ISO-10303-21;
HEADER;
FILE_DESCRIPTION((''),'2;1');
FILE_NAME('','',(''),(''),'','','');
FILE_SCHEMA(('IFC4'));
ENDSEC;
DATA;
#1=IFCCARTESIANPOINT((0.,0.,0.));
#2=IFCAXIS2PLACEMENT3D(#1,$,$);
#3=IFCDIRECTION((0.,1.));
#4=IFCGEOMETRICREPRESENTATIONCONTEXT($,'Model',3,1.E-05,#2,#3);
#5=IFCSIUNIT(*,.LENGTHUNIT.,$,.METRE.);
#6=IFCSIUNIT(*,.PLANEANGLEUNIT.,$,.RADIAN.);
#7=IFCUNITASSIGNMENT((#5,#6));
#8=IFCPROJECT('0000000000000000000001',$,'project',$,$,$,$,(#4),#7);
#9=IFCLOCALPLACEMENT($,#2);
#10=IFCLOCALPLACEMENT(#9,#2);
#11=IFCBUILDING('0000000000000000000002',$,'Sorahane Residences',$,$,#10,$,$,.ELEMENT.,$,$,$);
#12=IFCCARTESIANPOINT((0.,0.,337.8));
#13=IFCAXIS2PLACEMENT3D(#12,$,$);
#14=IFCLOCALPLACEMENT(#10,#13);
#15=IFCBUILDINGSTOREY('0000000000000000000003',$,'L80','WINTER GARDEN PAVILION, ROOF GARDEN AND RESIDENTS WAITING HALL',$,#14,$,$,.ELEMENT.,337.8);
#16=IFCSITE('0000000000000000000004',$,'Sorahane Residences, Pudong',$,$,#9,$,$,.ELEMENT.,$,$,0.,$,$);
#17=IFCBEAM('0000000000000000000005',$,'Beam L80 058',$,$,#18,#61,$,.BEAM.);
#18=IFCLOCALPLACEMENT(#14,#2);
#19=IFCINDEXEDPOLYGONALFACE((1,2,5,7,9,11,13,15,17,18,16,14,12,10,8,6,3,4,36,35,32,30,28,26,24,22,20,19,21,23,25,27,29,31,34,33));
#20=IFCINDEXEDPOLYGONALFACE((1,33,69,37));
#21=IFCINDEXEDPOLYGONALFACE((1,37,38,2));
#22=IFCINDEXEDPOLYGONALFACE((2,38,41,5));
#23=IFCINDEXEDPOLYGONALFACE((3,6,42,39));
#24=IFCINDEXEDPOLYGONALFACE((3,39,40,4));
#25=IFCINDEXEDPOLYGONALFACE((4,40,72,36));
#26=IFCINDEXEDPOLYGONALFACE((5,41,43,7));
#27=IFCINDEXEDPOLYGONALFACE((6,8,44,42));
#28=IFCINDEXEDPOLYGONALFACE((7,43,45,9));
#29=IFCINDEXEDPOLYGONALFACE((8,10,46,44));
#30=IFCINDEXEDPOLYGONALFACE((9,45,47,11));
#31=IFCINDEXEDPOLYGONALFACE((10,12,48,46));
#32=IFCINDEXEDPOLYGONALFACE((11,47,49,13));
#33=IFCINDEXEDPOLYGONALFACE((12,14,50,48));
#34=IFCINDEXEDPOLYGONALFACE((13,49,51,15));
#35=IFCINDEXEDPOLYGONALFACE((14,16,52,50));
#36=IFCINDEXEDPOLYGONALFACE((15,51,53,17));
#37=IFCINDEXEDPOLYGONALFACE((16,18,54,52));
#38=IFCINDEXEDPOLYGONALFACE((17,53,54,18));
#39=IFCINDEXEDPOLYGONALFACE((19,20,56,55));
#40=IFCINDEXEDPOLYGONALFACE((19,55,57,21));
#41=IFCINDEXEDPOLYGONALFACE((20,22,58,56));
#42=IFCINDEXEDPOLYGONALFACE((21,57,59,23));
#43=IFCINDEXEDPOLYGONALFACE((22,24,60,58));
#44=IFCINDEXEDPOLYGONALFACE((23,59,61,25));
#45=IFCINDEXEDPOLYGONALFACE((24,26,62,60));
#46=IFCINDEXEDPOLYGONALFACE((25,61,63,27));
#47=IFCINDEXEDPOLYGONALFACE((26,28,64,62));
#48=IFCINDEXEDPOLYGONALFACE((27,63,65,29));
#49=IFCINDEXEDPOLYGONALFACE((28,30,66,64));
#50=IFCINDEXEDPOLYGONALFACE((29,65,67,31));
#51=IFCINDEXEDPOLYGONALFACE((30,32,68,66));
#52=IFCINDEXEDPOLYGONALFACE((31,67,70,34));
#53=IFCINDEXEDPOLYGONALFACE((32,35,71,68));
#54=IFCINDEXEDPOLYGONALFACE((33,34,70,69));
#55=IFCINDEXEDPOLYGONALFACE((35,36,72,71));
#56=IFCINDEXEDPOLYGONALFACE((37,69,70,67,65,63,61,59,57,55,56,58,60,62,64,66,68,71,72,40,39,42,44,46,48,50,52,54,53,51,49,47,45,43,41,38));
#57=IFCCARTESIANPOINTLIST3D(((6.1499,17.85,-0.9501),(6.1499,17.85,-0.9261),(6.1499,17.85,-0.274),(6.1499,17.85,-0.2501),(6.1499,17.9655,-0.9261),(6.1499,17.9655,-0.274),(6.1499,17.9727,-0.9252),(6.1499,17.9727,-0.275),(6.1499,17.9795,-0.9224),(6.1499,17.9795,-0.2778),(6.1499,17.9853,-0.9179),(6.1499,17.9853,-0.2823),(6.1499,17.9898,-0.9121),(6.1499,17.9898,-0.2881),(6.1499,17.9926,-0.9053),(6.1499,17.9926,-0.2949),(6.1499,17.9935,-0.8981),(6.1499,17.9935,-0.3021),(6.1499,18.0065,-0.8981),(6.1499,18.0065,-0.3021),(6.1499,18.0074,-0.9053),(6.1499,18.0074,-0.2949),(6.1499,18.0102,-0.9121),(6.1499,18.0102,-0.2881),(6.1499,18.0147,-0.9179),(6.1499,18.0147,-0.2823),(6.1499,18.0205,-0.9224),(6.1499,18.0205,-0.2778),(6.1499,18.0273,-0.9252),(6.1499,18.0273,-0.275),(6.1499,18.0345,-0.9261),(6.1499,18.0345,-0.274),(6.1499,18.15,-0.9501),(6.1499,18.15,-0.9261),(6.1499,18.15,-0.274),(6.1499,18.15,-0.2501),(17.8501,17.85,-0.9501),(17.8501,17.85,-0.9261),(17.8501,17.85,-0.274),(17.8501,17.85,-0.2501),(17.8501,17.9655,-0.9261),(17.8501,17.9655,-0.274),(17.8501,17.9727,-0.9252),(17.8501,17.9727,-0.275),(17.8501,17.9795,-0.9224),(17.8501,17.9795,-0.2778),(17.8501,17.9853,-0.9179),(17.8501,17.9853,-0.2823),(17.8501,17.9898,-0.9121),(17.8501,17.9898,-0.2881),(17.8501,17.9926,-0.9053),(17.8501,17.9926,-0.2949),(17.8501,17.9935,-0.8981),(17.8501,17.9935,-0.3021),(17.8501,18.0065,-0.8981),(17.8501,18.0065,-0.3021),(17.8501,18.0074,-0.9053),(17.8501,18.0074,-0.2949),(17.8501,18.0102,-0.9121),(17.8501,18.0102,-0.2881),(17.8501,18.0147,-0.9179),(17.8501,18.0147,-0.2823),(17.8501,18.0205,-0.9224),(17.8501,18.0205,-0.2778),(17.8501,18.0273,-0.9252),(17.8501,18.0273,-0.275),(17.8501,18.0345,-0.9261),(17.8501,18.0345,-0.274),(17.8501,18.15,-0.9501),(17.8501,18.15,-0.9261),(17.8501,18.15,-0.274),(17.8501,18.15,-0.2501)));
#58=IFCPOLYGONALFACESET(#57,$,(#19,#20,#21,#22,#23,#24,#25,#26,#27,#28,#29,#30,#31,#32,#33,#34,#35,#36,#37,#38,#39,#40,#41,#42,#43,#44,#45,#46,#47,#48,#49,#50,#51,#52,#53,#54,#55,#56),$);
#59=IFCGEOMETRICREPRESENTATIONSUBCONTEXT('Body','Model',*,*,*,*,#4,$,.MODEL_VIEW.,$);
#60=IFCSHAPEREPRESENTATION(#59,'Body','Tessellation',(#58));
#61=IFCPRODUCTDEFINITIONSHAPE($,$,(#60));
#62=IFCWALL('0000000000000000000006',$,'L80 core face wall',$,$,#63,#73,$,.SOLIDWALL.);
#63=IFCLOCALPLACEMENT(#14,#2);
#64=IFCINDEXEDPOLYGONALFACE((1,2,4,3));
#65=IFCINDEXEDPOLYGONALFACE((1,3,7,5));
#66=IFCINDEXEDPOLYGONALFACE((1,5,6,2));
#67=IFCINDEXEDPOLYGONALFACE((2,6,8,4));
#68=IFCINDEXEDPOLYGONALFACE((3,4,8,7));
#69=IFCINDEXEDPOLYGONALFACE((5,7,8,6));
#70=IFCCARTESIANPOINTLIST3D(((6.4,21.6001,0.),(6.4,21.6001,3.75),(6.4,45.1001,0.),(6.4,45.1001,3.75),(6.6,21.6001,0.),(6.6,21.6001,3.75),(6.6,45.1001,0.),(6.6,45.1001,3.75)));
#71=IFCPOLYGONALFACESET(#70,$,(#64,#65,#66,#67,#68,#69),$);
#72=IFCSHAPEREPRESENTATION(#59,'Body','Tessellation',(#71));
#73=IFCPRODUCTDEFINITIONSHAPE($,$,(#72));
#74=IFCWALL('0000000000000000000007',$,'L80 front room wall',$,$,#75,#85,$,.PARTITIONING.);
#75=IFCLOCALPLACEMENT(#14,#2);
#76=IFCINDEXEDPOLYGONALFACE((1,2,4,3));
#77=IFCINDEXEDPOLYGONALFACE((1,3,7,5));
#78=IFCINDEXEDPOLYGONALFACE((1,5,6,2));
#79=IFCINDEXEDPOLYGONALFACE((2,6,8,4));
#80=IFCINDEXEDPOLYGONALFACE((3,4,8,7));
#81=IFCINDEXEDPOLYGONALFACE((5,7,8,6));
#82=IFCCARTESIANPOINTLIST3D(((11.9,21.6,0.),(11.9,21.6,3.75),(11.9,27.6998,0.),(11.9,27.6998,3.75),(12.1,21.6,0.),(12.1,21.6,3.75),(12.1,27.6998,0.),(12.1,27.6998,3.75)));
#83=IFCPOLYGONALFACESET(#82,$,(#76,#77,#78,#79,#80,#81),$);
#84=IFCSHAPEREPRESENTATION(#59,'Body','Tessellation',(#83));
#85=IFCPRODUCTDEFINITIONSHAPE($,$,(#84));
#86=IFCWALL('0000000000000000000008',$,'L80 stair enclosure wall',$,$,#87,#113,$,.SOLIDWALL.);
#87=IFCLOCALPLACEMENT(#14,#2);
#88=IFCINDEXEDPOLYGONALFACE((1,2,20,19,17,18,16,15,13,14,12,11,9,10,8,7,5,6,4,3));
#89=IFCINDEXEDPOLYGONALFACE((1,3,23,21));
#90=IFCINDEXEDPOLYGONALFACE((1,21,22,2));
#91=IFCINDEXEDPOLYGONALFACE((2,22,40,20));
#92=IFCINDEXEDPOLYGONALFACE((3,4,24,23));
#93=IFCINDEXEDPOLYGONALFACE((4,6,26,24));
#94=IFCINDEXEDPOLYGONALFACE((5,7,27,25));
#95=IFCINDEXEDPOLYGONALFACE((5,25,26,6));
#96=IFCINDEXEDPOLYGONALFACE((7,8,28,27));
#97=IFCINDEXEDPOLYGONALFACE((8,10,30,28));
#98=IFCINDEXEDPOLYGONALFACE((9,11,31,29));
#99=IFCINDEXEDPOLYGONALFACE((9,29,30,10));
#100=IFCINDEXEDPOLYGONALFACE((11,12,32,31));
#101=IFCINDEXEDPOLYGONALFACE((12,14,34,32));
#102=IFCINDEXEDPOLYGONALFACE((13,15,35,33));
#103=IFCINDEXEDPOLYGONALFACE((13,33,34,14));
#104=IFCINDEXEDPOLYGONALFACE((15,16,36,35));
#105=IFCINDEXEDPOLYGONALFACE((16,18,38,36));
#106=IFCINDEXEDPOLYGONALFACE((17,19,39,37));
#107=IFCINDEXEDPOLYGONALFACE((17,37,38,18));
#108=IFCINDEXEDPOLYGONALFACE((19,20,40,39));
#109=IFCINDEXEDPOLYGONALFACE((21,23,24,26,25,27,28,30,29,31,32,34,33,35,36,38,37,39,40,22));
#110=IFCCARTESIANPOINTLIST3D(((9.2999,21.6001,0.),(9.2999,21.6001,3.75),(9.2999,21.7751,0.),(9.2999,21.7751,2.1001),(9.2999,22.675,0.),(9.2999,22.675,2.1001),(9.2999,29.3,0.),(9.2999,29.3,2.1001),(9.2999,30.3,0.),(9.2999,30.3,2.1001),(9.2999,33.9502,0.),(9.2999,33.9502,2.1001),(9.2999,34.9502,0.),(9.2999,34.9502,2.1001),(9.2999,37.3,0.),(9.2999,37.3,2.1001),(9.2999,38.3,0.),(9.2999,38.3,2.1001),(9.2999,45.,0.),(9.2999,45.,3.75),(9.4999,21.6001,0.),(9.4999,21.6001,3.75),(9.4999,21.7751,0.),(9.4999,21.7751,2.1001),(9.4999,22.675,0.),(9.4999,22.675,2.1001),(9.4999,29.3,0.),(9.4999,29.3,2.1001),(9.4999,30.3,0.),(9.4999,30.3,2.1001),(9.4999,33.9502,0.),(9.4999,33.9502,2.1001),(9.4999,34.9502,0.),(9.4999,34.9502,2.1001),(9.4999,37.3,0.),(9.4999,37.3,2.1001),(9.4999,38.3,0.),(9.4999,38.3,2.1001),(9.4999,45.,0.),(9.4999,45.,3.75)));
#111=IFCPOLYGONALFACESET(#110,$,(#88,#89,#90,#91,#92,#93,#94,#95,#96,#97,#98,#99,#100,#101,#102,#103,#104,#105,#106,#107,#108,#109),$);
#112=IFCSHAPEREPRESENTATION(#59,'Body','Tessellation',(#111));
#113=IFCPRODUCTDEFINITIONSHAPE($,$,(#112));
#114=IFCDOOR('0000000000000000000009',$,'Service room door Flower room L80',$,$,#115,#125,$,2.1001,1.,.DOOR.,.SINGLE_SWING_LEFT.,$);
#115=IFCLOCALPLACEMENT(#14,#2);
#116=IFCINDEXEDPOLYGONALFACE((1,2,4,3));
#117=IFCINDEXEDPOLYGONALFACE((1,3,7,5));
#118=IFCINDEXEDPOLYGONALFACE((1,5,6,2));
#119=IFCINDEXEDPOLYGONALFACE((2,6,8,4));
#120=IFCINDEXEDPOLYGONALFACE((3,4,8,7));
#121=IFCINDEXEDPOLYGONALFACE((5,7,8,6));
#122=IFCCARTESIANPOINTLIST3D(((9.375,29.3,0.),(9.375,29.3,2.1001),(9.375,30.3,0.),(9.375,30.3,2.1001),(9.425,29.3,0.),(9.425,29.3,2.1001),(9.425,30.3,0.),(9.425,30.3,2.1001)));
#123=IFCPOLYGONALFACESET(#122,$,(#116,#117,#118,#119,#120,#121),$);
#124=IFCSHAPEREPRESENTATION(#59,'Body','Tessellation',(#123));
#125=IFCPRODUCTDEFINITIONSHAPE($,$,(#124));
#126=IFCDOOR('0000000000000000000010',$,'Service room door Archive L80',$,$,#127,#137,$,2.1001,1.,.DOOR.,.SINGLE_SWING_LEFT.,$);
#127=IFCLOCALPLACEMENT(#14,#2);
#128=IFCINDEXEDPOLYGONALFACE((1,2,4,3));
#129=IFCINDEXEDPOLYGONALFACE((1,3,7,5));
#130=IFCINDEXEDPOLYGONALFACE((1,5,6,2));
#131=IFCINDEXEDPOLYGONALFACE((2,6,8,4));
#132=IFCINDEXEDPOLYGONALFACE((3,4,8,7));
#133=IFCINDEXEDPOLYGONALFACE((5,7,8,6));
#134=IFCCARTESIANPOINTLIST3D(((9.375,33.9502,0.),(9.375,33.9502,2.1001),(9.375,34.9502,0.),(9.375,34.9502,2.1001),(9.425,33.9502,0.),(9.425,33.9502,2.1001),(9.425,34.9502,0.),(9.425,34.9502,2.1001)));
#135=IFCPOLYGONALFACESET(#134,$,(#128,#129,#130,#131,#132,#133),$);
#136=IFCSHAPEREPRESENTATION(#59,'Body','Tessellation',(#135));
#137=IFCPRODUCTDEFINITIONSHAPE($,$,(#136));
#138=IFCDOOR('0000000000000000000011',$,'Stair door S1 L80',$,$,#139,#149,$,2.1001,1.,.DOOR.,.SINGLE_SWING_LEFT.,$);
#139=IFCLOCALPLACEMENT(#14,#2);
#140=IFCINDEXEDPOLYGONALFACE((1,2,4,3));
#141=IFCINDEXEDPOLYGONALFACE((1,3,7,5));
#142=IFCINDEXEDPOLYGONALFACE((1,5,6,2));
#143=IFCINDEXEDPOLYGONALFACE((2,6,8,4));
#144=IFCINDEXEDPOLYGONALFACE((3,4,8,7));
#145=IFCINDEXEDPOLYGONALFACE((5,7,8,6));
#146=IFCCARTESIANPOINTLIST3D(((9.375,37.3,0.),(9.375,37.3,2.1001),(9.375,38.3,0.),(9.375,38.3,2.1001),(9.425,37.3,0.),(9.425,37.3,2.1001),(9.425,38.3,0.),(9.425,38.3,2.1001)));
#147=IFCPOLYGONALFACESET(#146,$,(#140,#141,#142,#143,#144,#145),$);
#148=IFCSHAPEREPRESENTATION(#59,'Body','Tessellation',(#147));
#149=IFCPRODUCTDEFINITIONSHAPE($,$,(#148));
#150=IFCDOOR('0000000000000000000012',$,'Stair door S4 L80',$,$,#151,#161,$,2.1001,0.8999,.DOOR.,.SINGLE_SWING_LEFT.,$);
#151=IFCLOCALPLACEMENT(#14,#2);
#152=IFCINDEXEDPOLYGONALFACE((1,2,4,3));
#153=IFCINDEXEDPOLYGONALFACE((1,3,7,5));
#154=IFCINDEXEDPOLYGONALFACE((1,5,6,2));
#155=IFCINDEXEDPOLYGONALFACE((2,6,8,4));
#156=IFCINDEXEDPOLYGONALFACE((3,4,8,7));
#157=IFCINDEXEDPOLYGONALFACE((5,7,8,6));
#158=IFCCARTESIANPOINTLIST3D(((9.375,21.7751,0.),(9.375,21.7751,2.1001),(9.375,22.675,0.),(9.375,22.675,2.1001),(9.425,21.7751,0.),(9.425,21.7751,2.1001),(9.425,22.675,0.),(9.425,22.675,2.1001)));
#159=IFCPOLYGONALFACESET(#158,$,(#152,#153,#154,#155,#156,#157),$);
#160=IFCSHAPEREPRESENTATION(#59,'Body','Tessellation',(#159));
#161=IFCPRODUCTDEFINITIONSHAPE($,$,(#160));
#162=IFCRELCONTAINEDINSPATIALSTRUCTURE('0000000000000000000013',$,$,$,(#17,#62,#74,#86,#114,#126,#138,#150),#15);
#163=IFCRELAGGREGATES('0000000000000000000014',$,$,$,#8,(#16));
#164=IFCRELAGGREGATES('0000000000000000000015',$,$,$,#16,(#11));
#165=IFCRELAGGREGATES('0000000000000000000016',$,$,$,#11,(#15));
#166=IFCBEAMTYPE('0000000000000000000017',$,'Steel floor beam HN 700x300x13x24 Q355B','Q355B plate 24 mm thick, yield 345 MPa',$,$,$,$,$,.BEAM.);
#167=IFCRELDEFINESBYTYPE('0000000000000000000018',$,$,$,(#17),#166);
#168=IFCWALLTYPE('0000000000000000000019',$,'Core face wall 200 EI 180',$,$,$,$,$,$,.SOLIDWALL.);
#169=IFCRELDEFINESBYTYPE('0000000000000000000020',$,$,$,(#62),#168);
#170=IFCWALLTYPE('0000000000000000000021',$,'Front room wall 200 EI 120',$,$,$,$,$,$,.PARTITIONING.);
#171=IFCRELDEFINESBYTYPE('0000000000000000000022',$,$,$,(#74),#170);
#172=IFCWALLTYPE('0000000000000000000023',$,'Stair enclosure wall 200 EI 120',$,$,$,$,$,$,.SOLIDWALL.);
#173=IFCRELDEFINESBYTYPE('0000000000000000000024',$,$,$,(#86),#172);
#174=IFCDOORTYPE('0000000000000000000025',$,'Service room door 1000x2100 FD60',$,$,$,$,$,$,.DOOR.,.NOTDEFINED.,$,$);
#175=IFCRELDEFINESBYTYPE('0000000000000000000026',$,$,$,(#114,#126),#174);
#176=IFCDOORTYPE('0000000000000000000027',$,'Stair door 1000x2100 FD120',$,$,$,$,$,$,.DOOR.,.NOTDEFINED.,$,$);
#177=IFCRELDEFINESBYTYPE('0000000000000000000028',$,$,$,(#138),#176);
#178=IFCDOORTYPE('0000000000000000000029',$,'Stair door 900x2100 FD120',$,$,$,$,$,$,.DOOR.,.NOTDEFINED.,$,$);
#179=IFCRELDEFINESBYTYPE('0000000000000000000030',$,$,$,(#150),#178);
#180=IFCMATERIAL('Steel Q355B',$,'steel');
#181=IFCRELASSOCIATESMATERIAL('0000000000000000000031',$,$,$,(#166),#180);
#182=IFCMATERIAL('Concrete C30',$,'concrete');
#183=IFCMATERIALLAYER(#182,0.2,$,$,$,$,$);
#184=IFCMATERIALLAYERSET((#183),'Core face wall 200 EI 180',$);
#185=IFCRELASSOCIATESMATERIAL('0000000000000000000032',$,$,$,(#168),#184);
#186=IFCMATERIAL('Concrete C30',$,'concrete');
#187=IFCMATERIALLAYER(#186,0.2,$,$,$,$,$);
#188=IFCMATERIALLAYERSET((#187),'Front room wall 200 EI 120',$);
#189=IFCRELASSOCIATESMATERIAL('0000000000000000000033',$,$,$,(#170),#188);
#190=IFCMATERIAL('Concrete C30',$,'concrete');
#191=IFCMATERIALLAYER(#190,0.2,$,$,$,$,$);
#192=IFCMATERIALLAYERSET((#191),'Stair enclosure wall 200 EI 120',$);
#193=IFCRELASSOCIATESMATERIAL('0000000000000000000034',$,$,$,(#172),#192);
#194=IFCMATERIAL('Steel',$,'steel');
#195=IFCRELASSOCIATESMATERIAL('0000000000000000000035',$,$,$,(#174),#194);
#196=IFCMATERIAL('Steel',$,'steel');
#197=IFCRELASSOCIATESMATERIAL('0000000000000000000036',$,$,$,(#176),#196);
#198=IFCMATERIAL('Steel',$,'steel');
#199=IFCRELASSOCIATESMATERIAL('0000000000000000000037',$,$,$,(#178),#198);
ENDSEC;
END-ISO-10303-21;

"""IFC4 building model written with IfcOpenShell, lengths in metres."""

from ifc_helpers import new_model, si_unit, direction, frame, frame_2d, origin, origin_2d, place, context, subcontext, project, spatial, rectangle, i_section, extrude, material, layer, layer_set, material_profile, profile_set, type_object, element, fill, save


model = new_model("IFC4")

# Units and contexts
model_context = context("Model", 3, precision=1e-05, world=origin(), true_north=direction((0.0, 1.0)))
body_context = subcontext(model_context, "Body", "Model", "MODEL_VIEW")
ifc_project = project(units=[si_unit("LENGTHUNIT", "METRE"), si_unit("PLANEANGLEUNIT", "RADIAN")], contexts=[model_context])

# Site, building, storey
site_placement = place(None, origin())
site = spatial("IfcSite", under=ifc_project, at=site_placement, Name="Sorahane Residences, Pudong", CompositionType="ELEMENT", RefElevation=0.0)
building_placement = place(site_placement, origin())
building = spatial("IfcBuilding", under=site, at=building_placement, Name="Sorahane Residences", CompositionType="ELEMENT")
storey_placement = place(building_placement, frame((0.0, 0.0, 337.8)))
storey = spatial("IfcBuildingStorey", under=building, at=storey_placement, Name="L80", Description="WINTER GARDEN PAVILION, ROOF GARDEN AND RESIDENTS WAITING HALL", CompositionType="ELEMENT", Elevation=337.8)

# Beam
ifc_material_1 = material(Name="Steel Q355B", Category="steel")
ifc_material_profile_1 = material_profile(ifc_material_1, i_section(OverallWidth=0.3, OverallDepth=0.7, WebThickness=0.0129, FlangeThickness=0.0239, FilletRadius=0.0281, at=origin_2d()), Name="HN 700x300x13x24")
ifc_profile_set_1 = profile_set([ifc_material_profile_1], Name="Steel Q355B")
beam_type_1 = type_object("IfcBeamType", Name="Steel floor beam HN 700x300x13x24 Q355B", Description="Q355B plate 24 mm thick, yield 345 MPa", PredefinedType="BEAM", material=ifc_profile_set_1)
beam_1_placement = place(storey_placement, frame((6.1499, 18.0, -0.6001), z_axis=(1.0, 0.0, 0.0), x_axis=(0.0, 1.0, 0.0)))
element("IfcBeam", 1, at=beam_1_placement, inside=storey, type_object=beam_type_1, Name="Beam L80 058", PredefinedType="BEAM", context=body_context, shape_type="SweptSolid", body=[
    extrude(i_section(OverallWidth=0.3, OverallDepth=0.7, WebThickness=0.0129, FlangeThickness=0.0239, FilletRadius=0.0281, at=origin_2d()), origin(), (0.0, 0.0, 1.0), 11.7002),
])

# Walls
ifc_material_2 = material(Name="Concrete C30", Category="concrete")
ifc_layer_1 = layer(ifc_material_2, 0.2)
ifc_layer_set_1 = layer_set([ifc_layer_1], Name="Core face wall 200 EI 180")
wall_type_1 = type_object("IfcWallType", Name="Core face wall 200 EI 180", PredefinedType="SOLIDWALL", material=ifc_layer_set_1)
wall_1_placement = place(storey_placement, frame((6.5, 21.6001, 0.0), z_axis=(0.0, 0.0, 1.0), x_axis=(0.0, 1.0, 0.0)))
element("IfcWall", 2, at=wall_1_placement, inside=storey, type_object=wall_type_1, Name="L80 core face wall", PredefinedType="SOLIDWALL", context=body_context, shape_type="SweptSolid", body=[
    extrude(rectangle(XDim=23.5, YDim=0.2, at=frame_2d((11.75, 0.0))), origin(), (0.0, 0.0, 1.0), 3.75),
])
ifc_material_3 = material(Name="Concrete C30", Category="concrete")
ifc_layer_2 = layer(ifc_material_3, 0.2)
ifc_layer_set_2 = layer_set([ifc_layer_2], Name="Front room wall 200 EI 120")
wall_type_2 = type_object("IfcWallType", Name="Front room wall 200 EI 120", PredefinedType="PARTITIONING", material=ifc_layer_set_2)
wall_2_placement = place(storey_placement, frame((12.0, 21.6001, 0.0), z_axis=(0.0, 0.0, 1.0), x_axis=(0.0, 1.0, 0.0)))
element("IfcWall", 3, at=wall_2_placement, inside=storey, type_object=wall_type_2, Name="L80 front room wall", PredefinedType="PARTITIONING", context=body_context, shape_type="SweptSolid", body=[
    extrude(rectangle(XDim=6.0999, YDim=0.2, at=frame_2d((3.0498, 0.0))), origin(), (0.0, 0.0, 1.0), 3.75),
])

# Wall, openings, doors
ifc_material_4 = material(Name="Concrete C30", Category="concrete")
ifc_layer_3 = layer(ifc_material_4, 0.2)
ifc_layer_set_3 = layer_set([ifc_layer_3], Name="Stair enclosure wall 200 EI 120")
wall_type_3 = type_object("IfcWallType", Name="Stair enclosure wall 200 EI 120", PredefinedType="SOLIDWALL", material=ifc_layer_set_3)
wall_3_placement = place(storey_placement, frame((9.3999, 21.6001, 0.0), z_axis=(0.0, 0.0, 1.0), x_axis=(0.0, 1.0, 0.0)))
wall_3 = element("IfcWall", 4, at=wall_3_placement, inside=storey, type_object=wall_type_3, Name="L80 stair enclosure wall", PredefinedType="SOLIDWALL", context=body_context, shape_type="SweptSolid", body=[
    extrude(rectangle(XDim=23.3999, YDim=0.2, at=frame_2d((11.7, 0.0))), origin(), (0.0, 0.0, 1.0), 3.75),
])
opening_1_placement = place(wall_3_placement, frame((7.7, 0.0, 0.0)))
opening_1 = element("IfcOpeningElement", 5, at=opening_1_placement, cuts=wall_3, PredefinedType="OPENING", context=body_context, shape_type="SweptSolid", body=[
    extrude(rectangle(XDim=1.0, YDim=2.1001, at=frame_2d((0.5, 1.05))), frame((0.0, 0.1099, 0.0), z_axis=(0.0, -1.0, 0.0), x_axis=(1.0, 0.0, 0.0)), (0.0, 0.0, 1.0), 0.22),
])
opening_2_placement = place(wall_3_placement, frame((12.3501, 0.0, 0.0)))
opening_2 = element("IfcOpeningElement", 6, at=opening_2_placement, cuts=wall_3, PredefinedType="OPENING", context=body_context, shape_type="SweptSolid", body=[
    extrude(rectangle(XDim=1.0, YDim=2.1001, at=frame_2d((0.5, 1.05))), frame((0.0, 0.1099, 0.0), z_axis=(0.0, -1.0, 0.0), x_axis=(1.0, 0.0, 0.0)), (0.0, 0.0, 1.0), 0.22),
])
opening_3_placement = place(wall_3_placement, frame((15.7, 0.0, 0.0)))
opening_3 = element("IfcOpeningElement", 7, at=opening_3_placement, cuts=wall_3, PredefinedType="OPENING", context=body_context, shape_type="SweptSolid", body=[
    extrude(rectangle(XDim=1.0, YDim=2.1001, at=frame_2d((0.5, 1.05))), frame((0.0, 0.1099, 0.0), z_axis=(0.0, -1.0, 0.0), x_axis=(1.0, 0.0, 0.0)), (0.0, 0.0, 1.0), 0.22),
])
opening_4_placement = place(wall_3_placement, frame((0.175, 0.0, 0.0)))
opening_4 = element("IfcOpeningElement", 8, at=opening_4_placement, cuts=wall_3, PredefinedType="OPENING", context=body_context, shape_type="SweptSolid", body=[
    extrude(rectangle(XDim=0.8999, YDim=2.1001, at=frame_2d((0.45, 1.05))), frame((0.0, 0.1099, 0.0), z_axis=(0.0, -1.0, 0.0), x_axis=(1.0, 0.0, 0.0)), (0.0, 0.0, 1.0), 0.22),
])
ifc_material_5 = material(Name="Steel", Category="steel")
door_type_1 = type_object("IfcDoorType", Name="Service room door 1000x2100 FD60", OperationType="NOTDEFINED", PredefinedType="DOOR", material=ifc_material_5)
door_1_placement = place(opening_1_placement, origin())
door_1 = element("IfcDoor", 9, at=door_1_placement, inside=storey, type_object=door_type_1, Name="Service room door Flower room L80", OperationType="SINGLE_SWING_LEFT", OverallHeight=2.1001, OverallWidth=1.0, PredefinedType="DOOR", context=body_context, shape_type="SweptSolid", body=[
    extrude(rectangle(XDim=1.0, YDim=2.1001, at=frame_2d((0.5, 1.05))), frame((0.0, 0.0249, 0.0), z_axis=(0.0, -1.0, 0.0), x_axis=(1.0, 0.0, 0.0)), (0.0, 0.0, 1.0), 0.05),
])
fill(opening_1, door_1)
door_2_placement = place(opening_2_placement, origin())
door_2 = element("IfcDoor", 10, at=door_2_placement, inside=storey, type_object=door_type_1, Name="Service room door Archive L80", OperationType="SINGLE_SWING_LEFT", OverallHeight=2.1001, OverallWidth=1.0, PredefinedType="DOOR", context=body_context, shape_type="SweptSolid", body=[
    extrude(rectangle(XDim=1.0, YDim=2.1001, at=frame_2d((0.5, 1.05))), frame((0.0, 0.0249, 0.0), z_axis=(0.0, -1.0, 0.0), x_axis=(1.0, 0.0, 0.0)), (0.0, 0.0, 1.0), 0.05),
])
fill(opening_2, door_2)
ifc_material_6 = material(Name="Steel", Category="steel")
door_type_2 = type_object("IfcDoorType", Name="Stair door 1000x2100 FD120", OperationType="NOTDEFINED", PredefinedType="DOOR", material=ifc_material_6)
door_3_placement = place(opening_3_placement, origin())
door_3 = element("IfcDoor", 11, at=door_3_placement, inside=storey, type_object=door_type_2, Name="Stair door S1 L80", OperationType="SINGLE_SWING_LEFT", OverallHeight=2.1001, OverallWidth=1.0, PredefinedType="DOOR", context=body_context, shape_type="SweptSolid", body=[
    extrude(rectangle(XDim=1.0, YDim=2.1001, at=frame_2d((0.5, 1.05))), frame((0.0, 0.0249, 0.0), z_axis=(0.0, -1.0, 0.0), x_axis=(1.0, 0.0, 0.0)), (0.0, 0.0, 1.0), 0.05),
])
fill(opening_3, door_3)
ifc_material_7 = material(Name="Steel", Category="steel")
door_type_3 = type_object("IfcDoorType", Name="Stair door 900x2100 FD120", OperationType="NOTDEFINED", PredefinedType="DOOR", material=ifc_material_7)
door_4_placement = place(opening_4_placement, origin())
door_4 = element("IfcDoor", 12, at=door_4_placement, inside=storey, type_object=door_type_3, Name="Stair door S4 L80", OperationType="SINGLE_SWING_LEFT", OverallHeight=2.1001, OverallWidth=0.8999, PredefinedType="DOOR", context=body_context, shape_type="SweptSolid", body=[
    extrude(rectangle(XDim=0.8999, YDim=2.1001, at=frame_2d((0.45, 1.05))), frame((0.0, 0.0249, 0.0), z_axis=(0.0, -1.0, 0.0), x_axis=(1.0, 0.0, 0.0)), (0.0, 0.0, 1.0), 0.05),
])
fill(opening_4, door_4)

save(model, "model.ifc")
